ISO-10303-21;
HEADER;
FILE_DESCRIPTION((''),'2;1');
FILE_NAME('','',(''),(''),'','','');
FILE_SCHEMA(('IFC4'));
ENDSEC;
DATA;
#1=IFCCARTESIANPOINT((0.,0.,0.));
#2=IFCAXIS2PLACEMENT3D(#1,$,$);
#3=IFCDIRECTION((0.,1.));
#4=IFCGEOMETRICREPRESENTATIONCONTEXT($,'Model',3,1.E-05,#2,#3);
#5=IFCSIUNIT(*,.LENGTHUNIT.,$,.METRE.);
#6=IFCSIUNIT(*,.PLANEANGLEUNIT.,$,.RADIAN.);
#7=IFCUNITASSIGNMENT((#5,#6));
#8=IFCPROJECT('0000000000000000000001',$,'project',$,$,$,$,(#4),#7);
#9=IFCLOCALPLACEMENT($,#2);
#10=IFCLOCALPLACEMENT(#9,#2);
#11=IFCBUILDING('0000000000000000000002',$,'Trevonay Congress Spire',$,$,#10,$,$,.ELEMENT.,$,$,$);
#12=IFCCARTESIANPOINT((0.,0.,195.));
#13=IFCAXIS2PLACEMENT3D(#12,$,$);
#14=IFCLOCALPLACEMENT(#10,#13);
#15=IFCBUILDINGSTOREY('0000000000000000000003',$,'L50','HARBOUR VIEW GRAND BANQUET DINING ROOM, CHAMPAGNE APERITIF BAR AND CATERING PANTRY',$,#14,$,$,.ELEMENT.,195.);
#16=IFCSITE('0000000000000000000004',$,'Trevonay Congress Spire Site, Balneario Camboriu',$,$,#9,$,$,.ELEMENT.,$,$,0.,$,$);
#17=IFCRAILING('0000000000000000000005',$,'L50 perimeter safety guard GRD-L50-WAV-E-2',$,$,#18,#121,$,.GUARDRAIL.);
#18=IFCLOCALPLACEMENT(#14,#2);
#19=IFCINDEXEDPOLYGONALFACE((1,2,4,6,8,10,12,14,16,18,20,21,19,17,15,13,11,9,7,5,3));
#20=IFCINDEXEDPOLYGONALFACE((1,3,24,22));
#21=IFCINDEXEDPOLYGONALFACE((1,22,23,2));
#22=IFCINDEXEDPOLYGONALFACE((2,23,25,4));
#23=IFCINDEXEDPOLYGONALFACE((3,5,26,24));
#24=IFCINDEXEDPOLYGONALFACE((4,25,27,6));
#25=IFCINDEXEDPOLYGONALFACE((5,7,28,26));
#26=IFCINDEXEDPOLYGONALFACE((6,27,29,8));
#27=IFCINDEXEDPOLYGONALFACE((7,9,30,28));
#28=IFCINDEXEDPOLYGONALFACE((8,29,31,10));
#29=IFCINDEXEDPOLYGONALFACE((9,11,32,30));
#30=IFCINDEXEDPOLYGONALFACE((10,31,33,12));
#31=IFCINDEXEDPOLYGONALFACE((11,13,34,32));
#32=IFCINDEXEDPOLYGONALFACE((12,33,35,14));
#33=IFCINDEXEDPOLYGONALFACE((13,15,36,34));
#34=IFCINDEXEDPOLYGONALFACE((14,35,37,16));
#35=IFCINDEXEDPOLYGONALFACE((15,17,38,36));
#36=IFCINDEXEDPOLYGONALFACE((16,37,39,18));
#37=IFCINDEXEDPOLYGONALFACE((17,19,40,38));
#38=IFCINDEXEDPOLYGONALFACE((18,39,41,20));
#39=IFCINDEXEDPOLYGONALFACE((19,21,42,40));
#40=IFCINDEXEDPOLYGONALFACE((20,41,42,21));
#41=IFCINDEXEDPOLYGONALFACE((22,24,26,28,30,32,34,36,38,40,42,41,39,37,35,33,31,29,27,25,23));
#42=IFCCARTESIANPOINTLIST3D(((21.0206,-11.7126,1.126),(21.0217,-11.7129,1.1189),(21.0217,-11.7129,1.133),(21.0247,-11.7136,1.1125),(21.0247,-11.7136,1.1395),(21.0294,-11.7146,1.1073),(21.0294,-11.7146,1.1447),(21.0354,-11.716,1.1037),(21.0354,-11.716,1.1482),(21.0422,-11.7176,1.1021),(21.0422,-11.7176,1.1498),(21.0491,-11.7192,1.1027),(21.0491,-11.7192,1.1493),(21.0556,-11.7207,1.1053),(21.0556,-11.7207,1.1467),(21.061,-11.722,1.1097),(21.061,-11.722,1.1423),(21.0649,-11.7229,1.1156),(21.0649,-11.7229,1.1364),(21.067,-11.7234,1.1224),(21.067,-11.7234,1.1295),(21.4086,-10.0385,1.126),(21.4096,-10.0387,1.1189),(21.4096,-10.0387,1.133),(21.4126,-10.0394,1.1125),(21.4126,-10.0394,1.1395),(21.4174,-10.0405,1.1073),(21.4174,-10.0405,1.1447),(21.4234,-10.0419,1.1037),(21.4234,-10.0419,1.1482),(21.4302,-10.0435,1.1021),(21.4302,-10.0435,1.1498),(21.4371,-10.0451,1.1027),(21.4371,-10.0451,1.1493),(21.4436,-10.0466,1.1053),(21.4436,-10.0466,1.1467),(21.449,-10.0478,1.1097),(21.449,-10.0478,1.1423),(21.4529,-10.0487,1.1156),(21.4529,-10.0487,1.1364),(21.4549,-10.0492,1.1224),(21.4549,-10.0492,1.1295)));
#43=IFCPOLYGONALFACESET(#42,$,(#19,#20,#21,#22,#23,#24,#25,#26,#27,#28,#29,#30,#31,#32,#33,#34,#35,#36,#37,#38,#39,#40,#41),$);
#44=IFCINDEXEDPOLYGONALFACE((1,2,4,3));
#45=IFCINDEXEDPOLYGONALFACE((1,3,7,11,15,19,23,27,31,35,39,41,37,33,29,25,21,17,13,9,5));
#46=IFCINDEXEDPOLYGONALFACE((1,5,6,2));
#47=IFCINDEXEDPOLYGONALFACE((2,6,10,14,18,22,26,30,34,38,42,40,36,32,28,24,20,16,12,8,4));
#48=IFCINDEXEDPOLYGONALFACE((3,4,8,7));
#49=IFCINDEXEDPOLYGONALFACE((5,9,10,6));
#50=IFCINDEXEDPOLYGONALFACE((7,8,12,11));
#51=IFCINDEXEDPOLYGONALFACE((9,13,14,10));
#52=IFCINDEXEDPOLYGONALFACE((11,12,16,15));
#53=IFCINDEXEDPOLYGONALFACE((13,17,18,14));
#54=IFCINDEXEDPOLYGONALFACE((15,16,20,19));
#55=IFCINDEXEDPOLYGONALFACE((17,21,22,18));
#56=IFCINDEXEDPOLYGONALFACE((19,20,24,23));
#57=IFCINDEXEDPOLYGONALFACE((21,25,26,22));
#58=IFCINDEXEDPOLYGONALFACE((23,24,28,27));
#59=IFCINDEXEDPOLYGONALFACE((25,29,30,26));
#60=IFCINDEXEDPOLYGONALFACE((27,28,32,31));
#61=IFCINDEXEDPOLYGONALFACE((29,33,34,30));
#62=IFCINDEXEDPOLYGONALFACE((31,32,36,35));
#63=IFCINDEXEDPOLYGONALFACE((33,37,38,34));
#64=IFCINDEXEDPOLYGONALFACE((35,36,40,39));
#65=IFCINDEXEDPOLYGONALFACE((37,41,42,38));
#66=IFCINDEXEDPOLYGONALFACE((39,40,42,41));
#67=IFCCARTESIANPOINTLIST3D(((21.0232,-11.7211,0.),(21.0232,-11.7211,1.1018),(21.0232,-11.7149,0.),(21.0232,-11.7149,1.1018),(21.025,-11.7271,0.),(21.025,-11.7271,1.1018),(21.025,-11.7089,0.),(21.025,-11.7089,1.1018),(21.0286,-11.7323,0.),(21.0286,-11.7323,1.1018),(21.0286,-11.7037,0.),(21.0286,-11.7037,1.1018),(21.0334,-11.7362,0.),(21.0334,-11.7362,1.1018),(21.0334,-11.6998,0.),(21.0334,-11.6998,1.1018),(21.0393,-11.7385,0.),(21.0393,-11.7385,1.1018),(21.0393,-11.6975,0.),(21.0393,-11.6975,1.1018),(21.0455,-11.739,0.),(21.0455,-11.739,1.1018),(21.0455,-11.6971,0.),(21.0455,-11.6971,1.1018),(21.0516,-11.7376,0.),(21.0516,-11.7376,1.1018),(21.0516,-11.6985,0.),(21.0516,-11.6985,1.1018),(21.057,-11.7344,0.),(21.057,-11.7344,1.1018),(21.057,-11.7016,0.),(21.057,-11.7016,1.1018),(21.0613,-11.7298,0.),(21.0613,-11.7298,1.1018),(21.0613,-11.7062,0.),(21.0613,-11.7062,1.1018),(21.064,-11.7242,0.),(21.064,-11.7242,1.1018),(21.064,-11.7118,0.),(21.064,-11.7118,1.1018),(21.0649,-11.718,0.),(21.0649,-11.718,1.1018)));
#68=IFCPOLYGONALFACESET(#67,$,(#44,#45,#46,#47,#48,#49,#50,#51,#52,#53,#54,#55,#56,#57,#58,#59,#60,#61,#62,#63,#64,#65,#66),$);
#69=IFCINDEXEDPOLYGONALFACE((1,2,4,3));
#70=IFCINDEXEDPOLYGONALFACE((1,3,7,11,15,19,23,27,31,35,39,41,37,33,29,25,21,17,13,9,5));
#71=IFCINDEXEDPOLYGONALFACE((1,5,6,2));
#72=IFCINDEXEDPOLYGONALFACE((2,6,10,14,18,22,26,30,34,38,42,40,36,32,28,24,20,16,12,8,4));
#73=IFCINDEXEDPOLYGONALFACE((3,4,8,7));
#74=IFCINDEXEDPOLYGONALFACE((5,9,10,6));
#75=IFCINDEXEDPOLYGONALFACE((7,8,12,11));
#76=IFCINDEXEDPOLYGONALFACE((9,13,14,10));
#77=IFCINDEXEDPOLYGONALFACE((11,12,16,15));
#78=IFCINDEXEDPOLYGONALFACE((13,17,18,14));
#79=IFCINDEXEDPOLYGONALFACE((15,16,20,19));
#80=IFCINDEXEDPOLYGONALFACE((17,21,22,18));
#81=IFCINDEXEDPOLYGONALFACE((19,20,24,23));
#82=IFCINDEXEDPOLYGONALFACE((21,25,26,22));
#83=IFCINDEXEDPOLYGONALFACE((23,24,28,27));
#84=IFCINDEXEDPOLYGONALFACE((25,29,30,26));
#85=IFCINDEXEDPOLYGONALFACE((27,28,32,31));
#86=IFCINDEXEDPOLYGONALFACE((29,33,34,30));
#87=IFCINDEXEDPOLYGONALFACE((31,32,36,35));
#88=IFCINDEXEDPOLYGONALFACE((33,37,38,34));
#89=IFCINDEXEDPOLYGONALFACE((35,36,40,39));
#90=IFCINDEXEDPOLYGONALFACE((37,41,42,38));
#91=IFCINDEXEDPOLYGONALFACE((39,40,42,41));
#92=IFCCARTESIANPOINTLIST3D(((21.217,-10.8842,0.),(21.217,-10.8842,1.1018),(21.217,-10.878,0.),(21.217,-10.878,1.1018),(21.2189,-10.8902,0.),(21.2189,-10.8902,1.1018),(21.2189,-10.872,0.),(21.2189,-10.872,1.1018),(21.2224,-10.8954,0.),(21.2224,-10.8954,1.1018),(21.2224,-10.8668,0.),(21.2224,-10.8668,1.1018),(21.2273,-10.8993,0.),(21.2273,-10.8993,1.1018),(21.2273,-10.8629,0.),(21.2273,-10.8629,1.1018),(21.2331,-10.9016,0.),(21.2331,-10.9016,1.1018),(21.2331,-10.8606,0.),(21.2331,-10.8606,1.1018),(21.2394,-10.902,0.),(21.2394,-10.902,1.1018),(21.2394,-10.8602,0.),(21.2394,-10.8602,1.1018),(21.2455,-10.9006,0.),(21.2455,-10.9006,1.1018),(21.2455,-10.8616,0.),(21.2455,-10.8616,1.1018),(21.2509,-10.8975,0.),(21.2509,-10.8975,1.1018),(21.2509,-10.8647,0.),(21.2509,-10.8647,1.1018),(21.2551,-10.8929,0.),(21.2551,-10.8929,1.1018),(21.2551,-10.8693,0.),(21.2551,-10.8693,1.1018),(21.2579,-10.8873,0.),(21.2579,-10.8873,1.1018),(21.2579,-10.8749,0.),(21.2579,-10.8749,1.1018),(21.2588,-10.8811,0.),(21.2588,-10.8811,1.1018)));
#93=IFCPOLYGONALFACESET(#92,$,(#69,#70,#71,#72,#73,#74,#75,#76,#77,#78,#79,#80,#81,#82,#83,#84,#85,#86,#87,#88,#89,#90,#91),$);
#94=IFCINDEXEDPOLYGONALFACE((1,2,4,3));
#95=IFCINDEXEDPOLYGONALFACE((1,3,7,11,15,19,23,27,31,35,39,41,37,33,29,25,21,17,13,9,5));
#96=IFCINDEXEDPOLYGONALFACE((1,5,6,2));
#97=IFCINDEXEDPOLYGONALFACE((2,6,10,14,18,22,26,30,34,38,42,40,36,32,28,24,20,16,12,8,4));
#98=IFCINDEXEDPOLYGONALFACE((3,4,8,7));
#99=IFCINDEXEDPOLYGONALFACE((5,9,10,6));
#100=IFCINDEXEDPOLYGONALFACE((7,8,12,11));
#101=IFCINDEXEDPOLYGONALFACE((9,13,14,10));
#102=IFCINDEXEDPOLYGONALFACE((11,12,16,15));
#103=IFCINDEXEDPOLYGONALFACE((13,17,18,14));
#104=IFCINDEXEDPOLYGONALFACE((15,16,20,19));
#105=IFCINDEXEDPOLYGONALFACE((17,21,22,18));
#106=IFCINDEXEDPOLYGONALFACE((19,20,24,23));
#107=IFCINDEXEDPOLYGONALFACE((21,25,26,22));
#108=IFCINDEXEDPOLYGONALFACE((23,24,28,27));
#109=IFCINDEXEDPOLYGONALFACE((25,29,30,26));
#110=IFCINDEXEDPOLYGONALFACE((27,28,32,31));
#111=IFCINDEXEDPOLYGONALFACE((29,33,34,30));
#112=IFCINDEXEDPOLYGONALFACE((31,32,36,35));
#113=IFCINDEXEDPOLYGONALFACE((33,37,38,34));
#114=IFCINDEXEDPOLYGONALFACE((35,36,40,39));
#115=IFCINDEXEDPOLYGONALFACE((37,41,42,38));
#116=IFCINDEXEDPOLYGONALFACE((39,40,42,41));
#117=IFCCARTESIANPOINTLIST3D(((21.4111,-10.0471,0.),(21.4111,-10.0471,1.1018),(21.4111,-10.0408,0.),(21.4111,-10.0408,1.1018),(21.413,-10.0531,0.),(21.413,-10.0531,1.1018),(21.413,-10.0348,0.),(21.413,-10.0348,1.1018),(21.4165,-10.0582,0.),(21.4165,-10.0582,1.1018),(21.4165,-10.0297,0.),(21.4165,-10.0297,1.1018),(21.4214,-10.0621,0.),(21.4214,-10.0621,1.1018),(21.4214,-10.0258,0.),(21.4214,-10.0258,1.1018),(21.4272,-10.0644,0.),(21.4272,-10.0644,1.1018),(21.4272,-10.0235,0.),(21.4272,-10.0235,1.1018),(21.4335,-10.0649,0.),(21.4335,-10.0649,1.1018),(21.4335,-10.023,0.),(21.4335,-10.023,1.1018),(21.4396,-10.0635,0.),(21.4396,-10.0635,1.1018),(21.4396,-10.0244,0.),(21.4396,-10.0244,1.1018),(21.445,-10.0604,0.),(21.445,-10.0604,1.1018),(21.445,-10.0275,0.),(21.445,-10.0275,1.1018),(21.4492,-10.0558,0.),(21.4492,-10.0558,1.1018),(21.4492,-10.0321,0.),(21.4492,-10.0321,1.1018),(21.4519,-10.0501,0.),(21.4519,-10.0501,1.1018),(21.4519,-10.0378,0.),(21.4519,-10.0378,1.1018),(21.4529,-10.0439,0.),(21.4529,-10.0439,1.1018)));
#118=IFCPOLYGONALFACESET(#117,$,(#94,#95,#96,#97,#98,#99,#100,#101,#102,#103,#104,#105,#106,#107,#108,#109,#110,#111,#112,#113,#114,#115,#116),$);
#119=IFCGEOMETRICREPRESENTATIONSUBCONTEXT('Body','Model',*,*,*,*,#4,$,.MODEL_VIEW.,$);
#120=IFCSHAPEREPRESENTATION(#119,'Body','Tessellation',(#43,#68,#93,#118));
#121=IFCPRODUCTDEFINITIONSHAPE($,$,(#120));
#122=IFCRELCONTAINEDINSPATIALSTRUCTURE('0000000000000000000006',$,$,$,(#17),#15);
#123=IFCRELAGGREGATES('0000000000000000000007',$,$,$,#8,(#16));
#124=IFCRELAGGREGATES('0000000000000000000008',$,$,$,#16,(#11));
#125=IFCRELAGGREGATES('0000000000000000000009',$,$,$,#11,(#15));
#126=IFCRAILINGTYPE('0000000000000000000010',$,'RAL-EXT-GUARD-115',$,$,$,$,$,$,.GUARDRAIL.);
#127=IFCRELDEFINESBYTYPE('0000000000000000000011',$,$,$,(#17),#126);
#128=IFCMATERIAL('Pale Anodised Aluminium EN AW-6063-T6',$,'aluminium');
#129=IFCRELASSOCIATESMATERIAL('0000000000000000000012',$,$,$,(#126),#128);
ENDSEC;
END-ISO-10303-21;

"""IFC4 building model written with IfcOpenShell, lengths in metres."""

from ifc_helpers import new_model, si_unit, direction, frame, origin, origin_2d, place, context, subcontext, project, spatial, circle, extrude, material, type_object, element, save


model = new_model("IFC4")

# Units and contexts
model_context = context("Model", 3, precision=1e-05, world=origin(), true_north=direction((0.0, 1.0)))
body_context = subcontext(model_context, "Body", "Model", "MODEL_VIEW")
ifc_project = project(units=[si_unit("LENGTHUNIT", "METRE"), si_unit("PLANEANGLEUNIT", "RADIAN")], contexts=[model_context])

# Site, building, storey
site_placement = place(None, origin())
site = spatial("IfcSite", under=ifc_project, at=site_placement, Name="Trevonay Congress Spire Site, Balneario Camboriu", CompositionType="ELEMENT", RefElevation=0.0)
building_placement = place(site_placement, origin())
building = spatial("IfcBuilding", under=site, at=building_placement, Name="Trevonay Congress Spire", CompositionType="ELEMENT")
storey_placement = place(building_placement, frame((0.0, 0.0, 195.0)))
storey = spatial("IfcBuildingStorey", under=building, at=storey_placement, Name="L50", Description="HARBOUR VIEW GRAND BANQUET DINING ROOM, CHAMPAGNE APERITIF BAR AND CATERING PANTRY", CompositionType="ELEMENT", Elevation=195.0)

# Shared definitions
ifc_material_1 = material(Name="Pale Anodised Aluminium EN AW-6063-T6", Category="aluminium")

# Railing
railing_type = type_object("IfcRailingType", Name="RAL-EXT-GUARD-115", PredefinedType="GUARDRAIL", material=ifc_material_1)
railing_1_placement = place(storey_placement, frame((21.0439, -11.718, 0.0)))
element("IfcRailing", 1, at=railing_1_placement, inside=storey, type_object=railing_type, Name="L50 perimeter safety guard GRD-L50-WAV-E-2", PredefinedType="GUARDRAIL", context=body_context, shape_type="SweptSolid", body=[
    extrude(circle(Radius=0.0239, at=origin_2d()), frame((0.0, 0.0, 1.126), z_axis=(0.225752, 0.974185, 0.0), x_axis=(-0.974185, 0.225752, 0.0)), (0.0, 0.0, 1.0), 1.7185),
    extrude(circle(Radius=0.021, at=origin_2d()), origin(), (0.0, 0.0, 1.0), 1.1018),
    extrude(circle(Radius=0.021, at=origin_2d()), frame((0.1938, 0.8369, 0.0)), (0.0, 0.0, 1.0), 1.1018),
    extrude(circle(Radius=0.021, at=origin_2d()), frame((0.3879, 1.6741, 0.0)), (0.0, 0.0, 1.0), 1.1018),
])

save(model, "model.ifc")
